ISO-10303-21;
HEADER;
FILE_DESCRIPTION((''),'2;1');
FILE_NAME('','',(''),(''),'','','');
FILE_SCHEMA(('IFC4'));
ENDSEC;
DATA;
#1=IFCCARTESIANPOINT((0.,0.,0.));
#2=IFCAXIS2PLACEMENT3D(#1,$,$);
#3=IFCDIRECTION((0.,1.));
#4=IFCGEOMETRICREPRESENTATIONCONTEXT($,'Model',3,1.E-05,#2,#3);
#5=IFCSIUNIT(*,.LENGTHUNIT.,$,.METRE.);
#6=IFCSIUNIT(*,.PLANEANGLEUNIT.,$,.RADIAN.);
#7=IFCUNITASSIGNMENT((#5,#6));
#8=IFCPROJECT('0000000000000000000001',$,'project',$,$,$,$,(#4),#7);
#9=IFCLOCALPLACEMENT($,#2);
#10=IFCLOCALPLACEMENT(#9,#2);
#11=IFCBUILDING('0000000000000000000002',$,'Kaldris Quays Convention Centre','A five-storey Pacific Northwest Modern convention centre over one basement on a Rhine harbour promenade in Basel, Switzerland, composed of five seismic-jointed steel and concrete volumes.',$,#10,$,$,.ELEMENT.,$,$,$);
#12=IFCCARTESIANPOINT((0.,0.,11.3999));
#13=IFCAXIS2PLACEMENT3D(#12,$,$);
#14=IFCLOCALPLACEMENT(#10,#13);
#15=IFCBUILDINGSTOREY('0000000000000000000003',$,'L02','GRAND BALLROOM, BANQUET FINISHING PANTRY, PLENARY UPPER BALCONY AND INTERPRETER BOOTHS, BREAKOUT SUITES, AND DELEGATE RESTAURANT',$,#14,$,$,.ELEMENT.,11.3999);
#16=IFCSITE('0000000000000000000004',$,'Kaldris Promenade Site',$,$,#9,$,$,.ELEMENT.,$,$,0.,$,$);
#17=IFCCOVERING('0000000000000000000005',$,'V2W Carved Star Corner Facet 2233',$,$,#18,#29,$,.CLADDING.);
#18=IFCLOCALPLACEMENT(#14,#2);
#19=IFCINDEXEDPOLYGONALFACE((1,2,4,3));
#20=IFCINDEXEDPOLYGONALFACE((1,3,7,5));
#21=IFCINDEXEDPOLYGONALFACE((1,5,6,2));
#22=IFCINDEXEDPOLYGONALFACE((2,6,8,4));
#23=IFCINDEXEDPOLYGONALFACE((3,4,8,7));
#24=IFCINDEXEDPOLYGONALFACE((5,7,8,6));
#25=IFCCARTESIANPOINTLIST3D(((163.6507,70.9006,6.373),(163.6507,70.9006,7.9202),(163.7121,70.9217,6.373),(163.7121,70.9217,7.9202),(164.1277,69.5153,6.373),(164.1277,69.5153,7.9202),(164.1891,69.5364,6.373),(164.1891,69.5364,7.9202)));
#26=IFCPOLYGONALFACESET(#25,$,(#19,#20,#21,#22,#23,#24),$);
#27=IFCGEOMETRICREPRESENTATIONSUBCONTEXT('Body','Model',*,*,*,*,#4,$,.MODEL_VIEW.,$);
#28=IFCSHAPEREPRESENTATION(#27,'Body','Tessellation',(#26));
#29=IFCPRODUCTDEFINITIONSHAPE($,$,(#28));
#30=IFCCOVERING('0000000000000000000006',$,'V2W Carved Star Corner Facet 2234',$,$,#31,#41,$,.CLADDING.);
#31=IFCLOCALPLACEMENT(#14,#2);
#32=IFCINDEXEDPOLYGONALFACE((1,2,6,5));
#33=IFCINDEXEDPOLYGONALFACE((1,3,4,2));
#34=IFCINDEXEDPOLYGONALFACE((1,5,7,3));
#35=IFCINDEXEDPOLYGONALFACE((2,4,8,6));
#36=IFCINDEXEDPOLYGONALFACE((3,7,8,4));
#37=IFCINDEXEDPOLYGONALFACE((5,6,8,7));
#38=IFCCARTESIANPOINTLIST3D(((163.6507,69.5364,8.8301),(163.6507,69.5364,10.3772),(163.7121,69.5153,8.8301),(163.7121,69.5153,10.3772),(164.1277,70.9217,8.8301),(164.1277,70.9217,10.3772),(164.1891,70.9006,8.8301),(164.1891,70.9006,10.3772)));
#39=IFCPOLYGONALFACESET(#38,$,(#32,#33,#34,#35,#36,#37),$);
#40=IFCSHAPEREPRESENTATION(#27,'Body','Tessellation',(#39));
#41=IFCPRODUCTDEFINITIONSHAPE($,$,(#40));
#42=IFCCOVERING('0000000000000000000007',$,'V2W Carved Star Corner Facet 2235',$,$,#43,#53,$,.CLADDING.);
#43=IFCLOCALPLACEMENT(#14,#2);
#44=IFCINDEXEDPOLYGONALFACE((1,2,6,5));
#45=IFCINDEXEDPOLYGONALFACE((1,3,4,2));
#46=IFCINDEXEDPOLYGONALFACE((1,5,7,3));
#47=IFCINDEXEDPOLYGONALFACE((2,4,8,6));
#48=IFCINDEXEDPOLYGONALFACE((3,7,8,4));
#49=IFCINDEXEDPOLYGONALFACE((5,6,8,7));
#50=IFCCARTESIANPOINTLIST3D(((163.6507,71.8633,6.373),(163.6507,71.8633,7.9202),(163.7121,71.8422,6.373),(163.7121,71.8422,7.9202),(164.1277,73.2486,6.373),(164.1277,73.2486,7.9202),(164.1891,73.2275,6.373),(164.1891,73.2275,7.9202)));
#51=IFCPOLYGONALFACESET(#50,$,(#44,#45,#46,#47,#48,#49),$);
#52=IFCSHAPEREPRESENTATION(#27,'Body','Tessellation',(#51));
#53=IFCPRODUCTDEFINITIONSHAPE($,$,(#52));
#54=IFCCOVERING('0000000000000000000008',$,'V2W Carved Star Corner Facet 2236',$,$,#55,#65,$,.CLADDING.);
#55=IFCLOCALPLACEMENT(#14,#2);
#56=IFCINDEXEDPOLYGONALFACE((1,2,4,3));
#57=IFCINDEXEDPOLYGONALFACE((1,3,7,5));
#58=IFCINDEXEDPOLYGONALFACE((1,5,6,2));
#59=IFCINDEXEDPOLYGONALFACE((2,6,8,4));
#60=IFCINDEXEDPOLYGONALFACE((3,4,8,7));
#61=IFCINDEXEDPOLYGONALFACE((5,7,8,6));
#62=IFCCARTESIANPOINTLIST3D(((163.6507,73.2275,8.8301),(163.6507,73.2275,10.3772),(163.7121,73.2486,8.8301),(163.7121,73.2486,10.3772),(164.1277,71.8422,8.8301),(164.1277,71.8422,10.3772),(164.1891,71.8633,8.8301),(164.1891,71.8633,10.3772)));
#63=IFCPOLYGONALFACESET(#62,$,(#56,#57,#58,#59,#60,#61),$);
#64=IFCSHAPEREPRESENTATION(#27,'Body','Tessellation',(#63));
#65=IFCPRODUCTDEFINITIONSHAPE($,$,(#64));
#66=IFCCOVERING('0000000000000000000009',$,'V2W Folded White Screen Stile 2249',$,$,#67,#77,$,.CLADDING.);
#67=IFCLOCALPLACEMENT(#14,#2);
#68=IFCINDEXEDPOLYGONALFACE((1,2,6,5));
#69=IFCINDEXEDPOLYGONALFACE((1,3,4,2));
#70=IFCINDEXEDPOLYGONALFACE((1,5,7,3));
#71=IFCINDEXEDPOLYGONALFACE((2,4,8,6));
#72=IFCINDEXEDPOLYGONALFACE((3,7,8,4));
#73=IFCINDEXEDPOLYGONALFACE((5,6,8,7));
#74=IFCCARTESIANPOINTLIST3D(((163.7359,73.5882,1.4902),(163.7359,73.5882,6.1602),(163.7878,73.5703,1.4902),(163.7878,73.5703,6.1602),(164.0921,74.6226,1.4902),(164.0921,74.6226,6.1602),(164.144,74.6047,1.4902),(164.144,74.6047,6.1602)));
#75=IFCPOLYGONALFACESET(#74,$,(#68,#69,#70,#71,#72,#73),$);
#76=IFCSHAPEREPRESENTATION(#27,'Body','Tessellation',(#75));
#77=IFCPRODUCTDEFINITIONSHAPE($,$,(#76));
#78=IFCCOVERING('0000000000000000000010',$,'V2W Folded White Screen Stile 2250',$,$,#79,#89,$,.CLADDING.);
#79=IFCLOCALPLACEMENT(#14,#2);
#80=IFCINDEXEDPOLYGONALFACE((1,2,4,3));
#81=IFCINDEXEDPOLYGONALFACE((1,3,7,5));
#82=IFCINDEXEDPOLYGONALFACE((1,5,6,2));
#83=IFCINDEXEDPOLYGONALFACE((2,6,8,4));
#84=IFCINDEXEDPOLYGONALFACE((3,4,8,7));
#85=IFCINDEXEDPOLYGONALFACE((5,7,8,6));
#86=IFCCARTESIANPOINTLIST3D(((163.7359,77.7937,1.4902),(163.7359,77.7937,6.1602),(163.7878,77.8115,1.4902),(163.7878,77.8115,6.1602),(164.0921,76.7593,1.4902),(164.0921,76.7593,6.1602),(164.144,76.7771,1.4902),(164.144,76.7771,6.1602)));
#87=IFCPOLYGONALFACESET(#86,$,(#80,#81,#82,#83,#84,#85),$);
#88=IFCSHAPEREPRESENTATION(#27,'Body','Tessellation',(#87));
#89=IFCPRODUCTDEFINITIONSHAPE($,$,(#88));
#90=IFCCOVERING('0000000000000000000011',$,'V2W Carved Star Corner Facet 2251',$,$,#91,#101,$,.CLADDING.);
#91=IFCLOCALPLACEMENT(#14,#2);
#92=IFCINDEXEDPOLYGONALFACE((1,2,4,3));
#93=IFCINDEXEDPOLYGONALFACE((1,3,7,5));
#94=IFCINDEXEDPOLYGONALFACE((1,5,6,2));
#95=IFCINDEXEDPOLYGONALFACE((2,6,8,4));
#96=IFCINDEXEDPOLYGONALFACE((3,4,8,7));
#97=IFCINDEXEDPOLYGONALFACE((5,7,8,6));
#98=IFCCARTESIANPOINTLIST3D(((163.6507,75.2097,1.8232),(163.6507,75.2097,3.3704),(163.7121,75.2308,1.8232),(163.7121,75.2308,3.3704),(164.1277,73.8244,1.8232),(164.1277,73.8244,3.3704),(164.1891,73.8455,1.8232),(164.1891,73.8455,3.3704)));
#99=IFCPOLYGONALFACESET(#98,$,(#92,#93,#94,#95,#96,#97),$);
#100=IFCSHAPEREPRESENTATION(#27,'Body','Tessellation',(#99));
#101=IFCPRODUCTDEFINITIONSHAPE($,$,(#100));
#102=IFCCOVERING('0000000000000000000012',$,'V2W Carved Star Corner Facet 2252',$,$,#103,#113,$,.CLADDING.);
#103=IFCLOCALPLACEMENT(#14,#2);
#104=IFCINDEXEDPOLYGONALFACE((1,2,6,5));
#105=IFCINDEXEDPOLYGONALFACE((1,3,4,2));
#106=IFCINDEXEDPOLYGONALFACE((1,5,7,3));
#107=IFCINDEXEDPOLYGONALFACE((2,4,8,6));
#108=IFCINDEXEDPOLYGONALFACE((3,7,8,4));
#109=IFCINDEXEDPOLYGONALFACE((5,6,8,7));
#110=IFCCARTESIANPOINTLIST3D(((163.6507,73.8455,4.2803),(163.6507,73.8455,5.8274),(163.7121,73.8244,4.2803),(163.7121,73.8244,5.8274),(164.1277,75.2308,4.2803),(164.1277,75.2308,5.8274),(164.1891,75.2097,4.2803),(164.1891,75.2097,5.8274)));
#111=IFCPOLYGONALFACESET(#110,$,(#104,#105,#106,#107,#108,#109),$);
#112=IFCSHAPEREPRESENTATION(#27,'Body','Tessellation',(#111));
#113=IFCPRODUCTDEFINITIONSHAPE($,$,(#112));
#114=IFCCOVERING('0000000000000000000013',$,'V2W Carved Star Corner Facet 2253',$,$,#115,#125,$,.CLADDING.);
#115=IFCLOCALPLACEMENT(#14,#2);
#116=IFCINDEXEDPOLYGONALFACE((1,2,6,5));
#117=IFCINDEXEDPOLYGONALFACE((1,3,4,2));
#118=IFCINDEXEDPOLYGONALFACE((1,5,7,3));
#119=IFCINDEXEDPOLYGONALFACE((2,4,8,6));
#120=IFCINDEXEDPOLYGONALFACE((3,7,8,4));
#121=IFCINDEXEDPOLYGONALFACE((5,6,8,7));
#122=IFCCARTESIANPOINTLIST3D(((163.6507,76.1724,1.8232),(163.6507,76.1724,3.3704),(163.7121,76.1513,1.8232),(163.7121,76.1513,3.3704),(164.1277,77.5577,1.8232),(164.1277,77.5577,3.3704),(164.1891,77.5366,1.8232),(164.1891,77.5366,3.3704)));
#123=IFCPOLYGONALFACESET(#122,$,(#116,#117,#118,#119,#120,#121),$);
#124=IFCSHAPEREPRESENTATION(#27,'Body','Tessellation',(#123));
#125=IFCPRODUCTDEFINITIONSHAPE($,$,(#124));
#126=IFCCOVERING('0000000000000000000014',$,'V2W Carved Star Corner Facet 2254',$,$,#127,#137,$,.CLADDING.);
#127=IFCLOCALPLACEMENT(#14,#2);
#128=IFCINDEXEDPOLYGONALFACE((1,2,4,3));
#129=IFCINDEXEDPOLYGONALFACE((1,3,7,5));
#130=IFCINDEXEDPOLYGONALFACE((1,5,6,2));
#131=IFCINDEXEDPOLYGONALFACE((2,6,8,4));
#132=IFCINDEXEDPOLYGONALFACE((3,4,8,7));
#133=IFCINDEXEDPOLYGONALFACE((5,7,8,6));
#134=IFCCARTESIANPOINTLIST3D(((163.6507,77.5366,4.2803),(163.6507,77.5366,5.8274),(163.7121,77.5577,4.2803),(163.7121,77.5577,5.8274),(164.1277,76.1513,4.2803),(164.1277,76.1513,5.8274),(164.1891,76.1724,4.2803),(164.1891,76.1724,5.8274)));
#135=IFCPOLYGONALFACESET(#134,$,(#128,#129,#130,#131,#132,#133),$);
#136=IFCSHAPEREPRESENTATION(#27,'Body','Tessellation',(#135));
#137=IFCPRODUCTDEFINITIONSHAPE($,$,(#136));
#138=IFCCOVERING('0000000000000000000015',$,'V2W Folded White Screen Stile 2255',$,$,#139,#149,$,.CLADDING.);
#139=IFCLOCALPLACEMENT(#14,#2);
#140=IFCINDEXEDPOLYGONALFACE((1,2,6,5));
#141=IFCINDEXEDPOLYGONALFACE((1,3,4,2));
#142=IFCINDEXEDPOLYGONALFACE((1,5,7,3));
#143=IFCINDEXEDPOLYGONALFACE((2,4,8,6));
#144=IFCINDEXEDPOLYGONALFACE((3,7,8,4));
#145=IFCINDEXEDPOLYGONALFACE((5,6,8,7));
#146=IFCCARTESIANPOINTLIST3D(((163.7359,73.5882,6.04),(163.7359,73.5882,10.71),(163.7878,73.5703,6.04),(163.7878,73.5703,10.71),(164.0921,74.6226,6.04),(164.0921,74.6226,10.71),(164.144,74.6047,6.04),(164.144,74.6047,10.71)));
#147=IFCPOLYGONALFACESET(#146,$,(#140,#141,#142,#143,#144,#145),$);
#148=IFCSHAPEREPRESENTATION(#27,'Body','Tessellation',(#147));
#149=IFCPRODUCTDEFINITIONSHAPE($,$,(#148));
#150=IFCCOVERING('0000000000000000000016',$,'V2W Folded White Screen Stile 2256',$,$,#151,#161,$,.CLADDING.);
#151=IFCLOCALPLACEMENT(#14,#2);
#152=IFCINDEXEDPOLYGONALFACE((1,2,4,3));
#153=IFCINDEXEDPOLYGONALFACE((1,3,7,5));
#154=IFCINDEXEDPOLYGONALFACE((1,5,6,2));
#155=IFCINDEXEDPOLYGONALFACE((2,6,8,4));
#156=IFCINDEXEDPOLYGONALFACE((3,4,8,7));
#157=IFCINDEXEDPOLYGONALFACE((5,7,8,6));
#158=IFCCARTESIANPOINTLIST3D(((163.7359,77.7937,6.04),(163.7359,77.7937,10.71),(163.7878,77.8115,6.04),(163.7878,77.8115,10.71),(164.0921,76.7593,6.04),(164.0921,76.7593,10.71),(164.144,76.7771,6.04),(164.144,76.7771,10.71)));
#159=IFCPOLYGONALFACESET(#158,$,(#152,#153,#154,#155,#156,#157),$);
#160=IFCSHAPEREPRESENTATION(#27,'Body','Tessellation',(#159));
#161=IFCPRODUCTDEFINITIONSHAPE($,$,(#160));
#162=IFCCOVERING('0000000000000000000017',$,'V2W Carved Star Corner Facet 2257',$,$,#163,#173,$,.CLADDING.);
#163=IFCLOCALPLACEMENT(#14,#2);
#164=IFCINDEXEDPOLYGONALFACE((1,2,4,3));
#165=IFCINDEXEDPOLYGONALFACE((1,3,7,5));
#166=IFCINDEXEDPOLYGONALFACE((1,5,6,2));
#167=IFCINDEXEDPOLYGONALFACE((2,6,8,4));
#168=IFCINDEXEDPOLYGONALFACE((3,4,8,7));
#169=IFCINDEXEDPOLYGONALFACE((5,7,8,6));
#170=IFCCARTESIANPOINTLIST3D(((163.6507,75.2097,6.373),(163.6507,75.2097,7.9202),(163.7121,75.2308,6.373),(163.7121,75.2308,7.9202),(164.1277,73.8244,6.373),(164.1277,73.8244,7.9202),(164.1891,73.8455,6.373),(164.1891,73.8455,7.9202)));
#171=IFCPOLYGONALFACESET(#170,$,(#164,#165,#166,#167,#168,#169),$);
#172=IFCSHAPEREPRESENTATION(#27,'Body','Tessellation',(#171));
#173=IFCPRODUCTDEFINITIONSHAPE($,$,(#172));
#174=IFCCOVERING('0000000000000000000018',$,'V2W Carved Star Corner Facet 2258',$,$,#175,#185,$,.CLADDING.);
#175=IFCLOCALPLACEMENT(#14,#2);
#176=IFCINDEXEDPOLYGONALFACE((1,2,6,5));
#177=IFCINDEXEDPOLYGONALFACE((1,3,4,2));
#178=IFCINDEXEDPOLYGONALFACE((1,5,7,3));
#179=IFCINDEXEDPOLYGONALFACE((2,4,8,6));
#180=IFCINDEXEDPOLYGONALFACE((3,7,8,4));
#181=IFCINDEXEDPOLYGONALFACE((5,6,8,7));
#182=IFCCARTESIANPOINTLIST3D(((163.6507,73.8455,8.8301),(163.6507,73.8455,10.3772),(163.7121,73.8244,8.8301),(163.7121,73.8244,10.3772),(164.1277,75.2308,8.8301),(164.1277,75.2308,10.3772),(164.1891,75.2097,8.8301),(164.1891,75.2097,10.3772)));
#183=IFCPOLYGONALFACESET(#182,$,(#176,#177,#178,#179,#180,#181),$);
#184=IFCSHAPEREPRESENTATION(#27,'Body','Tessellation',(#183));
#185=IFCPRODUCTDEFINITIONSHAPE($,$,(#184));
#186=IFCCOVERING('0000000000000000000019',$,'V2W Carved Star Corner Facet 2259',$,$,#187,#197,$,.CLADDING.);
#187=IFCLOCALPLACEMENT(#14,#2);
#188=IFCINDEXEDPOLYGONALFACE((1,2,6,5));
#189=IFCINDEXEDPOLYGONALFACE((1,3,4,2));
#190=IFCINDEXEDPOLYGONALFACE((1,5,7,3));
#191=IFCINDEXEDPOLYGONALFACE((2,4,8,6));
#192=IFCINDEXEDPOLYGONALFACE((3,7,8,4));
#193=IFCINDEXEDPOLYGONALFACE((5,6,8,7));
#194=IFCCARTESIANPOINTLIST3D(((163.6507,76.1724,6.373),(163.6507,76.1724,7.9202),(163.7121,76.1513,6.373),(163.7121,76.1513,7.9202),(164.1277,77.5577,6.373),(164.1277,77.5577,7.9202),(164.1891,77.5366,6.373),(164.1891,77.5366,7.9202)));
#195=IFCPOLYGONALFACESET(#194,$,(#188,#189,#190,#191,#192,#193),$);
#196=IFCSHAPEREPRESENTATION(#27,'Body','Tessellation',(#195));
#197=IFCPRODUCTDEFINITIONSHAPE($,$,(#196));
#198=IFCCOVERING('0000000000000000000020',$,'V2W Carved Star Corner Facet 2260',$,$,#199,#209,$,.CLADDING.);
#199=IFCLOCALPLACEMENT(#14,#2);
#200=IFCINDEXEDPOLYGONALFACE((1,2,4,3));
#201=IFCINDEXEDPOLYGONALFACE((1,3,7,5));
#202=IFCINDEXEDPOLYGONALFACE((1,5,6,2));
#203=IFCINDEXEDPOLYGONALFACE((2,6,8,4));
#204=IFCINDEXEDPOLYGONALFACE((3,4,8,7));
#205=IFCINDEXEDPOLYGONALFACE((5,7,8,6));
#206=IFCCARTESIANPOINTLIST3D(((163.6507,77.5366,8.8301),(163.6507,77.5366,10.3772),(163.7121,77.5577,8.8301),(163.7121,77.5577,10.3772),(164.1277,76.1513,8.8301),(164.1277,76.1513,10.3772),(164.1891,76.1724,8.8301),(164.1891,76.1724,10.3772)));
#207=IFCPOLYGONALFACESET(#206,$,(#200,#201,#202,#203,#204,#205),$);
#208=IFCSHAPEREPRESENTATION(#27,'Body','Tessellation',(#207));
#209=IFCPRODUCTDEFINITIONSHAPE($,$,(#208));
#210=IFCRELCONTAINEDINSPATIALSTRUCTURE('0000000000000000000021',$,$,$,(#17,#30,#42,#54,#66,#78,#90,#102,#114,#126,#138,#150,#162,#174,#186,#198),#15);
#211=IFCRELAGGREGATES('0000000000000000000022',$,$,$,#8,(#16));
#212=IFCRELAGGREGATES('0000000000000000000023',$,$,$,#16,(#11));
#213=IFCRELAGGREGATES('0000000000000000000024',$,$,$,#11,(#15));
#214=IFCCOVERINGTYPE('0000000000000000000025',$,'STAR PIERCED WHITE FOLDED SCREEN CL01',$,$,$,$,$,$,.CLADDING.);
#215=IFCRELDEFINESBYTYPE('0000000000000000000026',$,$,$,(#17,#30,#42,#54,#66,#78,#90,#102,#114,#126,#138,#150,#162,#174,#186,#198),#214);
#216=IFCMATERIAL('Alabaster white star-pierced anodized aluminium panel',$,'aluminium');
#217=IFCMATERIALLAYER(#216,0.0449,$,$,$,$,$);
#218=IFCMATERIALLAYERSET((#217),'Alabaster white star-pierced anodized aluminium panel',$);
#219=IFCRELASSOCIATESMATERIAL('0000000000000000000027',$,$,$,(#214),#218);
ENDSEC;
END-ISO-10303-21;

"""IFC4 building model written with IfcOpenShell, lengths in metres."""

from ifc_helpers import new_model, si_unit, direction, frame, origin, origin_2d, place, context, subcontext, project, spatial, rectangle, extrude, material, layer, layer_set, type_object, element, save


model = new_model("IFC4")

# Units and contexts
model_context = context("Model", 3, precision=1e-05, world=origin(), true_north=direction((0.0, 1.0)))
body_context = subcontext(model_context, "Body", "Model", "MODEL_VIEW")
ifc_project = project(units=[si_unit("LENGTHUNIT", "METRE"), si_unit("PLANEANGLEUNIT", "RADIAN")], contexts=[model_context])

# Site, building, storey
site_placement = place(None, origin())
site = spatial("IfcSite", under=ifc_project, at=site_placement, Name="Kaldris Promenade Site", CompositionType="ELEMENT", RefElevation=0.0)
building_placement = place(site_placement, origin())
building = spatial("IfcBuilding", under=site, at=building_placement, Name="Kaldris Quays Convention Centre", Description="A five-storey Pacific Northwest Modern convention centre over one basement on a Rhine harbour promenade in Basel, Switzerland, composed of five seismic-jointed steel and concrete volumes.", CompositionType="ELEMENT")
storey_placement = place(building_placement, frame((0.0, 0.0, 11.3999)))
storey = spatial("IfcBuildingStorey", under=building, at=storey_placement, Name="L02", Description="GRAND BALLROOM, BANQUET FINISHING PANTRY, PLENARY UPPER BALCONY AND INTERPRETER BOOTHS, BREAKOUT SUITES, AND DELEGATE RESTAURANT", CompositionType="ELEMENT", Elevation=11.3999)

# Coverings
ifc_material = material(Name="Alabaster white star-pierced anodized aluminium panel", Category="aluminium")
ifc_layer = layer(ifc_material, 0.0449)
ifc_layer_set = layer_set([ifc_layer], Name="Alabaster white star-pierced anodized aluminium panel")
covering_type = type_object("IfcCoveringType", Name="STAR PIERCED WHITE FOLDED SCREEN CL01", PredefinedType="CLADDING", material=ifc_layer_set)
for number, where, z_axis, x_axis, name in (
    (1, (163.9199, 70.2185, 6.373), (0.0, 0.0, 1.0), (-0.325568, 0.945519, 0.0), "V2W Carved Star Corner Facet 2233"),
    (2, (163.9199, 70.2185, 8.8301), (0.0, 0.0, 1.0), (0.325568, 0.945519, 0.0), "V2W Carved Star Corner Facet 2234"),
    (3, (163.9199, 72.5454, 6.373), (0.0, 0.0, 1.0), (0.325568, 0.945519, 0.0), "V2W Carved Star Corner Facet 2235"),
    (4, (163.9199, 72.5454, 8.8301), (0.0, 0.0, 1.0), (-0.325568, 0.945519, 0.0), "V2W Carved Star Corner Facet 2236"),
):
    element("IfcCovering", number, at=place(storey_placement, frame(where, z_axis=z_axis, x_axis=x_axis)), inside=storey, type_object=covering_type, Name=name, PredefinedType="CLADDING", context=body_context, shape_type="SweptSolid", body=[
        extrude(rectangle(XDim=1.4651, YDim=0.0649, at=origin_2d()), origin(), (0.0, 0.0, 1.0), 1.5471),
    ])
for number, where, z_axis, x_axis, name in (
    (5, (163.9399, 74.0964, 1.4902), (0.0, 0.0, 1.0), (0.325568, 0.945519, 0.0), "V2W Folded White Screen Stile 2249"),
    (6, (163.9399, 77.2854, 1.4902), (0.0, 0.0, 1.0), (-0.325568, 0.945519, 0.0), "V2W Folded White Screen Stile 2250"),
):
    element("IfcCovering", number, at=place(storey_placement, frame(where, z_axis=z_axis, x_axis=x_axis)), inside=storey, type_object=covering_type, Name=name, PredefinedType="CLADDING", context=body_context, shape_type="SweptSolid", body=[
        extrude(rectangle(XDim=1.094, YDim=0.0549, at=origin_2d()), origin(), (0.0, 0.0, 1.0), 4.6699),
    ])
for number, where, z_axis, x_axis, name in (
    (7, (163.9199, 74.5276, 1.8232), (0.0, 0.0, 1.0), (-0.325568, 0.945519, 0.0), "V2W Carved Star Corner Facet 2251"),
    (8, (163.9199, 74.5276, 4.2803), (0.0, 0.0, 1.0), (0.325568, 0.945519, 0.0), "V2W Carved Star Corner Facet 2252"),
    (9, (163.9199, 76.8545, 1.8232), (0.0, 0.0, 1.0), (0.325568, 0.945519, 0.0), "V2W Carved Star Corner Facet 2253"),
    (10, (163.9199, 76.8545, 4.2803), (0.0, 0.0, 1.0), (-0.325568, 0.945519, 0.0), "V2W Carved Star Corner Facet 2254"),
):
    element("IfcCovering", number, at=place(storey_placement, frame(where, z_axis=z_axis, x_axis=x_axis)), inside=storey, type_object=covering_type, Name=name, PredefinedType="CLADDING", context=body_context, shape_type="SweptSolid", body=[
        extrude(rectangle(XDim=1.4651, YDim=0.0649, at=origin_2d()), origin(), (0.0, 0.0, 1.0), 1.5471),
    ])
for number, where, z_axis, x_axis, name in (
    (11, (163.9399, 74.0964, 6.04), (0.0, 0.0, 1.0), (0.325568, 0.945519, 0.0), "V2W Folded White Screen Stile 2255"),
    (12, (163.9399, 77.2854, 6.04), (0.0, 0.0, 1.0), (-0.325568, 0.945519, 0.0), "V2W Folded White Screen Stile 2256"),
):
    element("IfcCovering", number, at=place(storey_placement, frame(where, z_axis=z_axis, x_axis=x_axis)), inside=storey, type_object=covering_type, Name=name, PredefinedType="CLADDING", context=body_context, shape_type="SweptSolid", body=[
        extrude(rectangle(XDim=1.094, YDim=0.0549, at=origin_2d()), origin(), (0.0, 0.0, 1.0), 4.6699),
    ])
for number, where, z_axis, x_axis, name in (
    (13, (163.9199, 74.5276, 6.373), (0.0, 0.0, 1.0), (-0.325568, 0.945519, 0.0), "V2W Carved Star Corner Facet 2257"),
    (14, (163.9199, 74.5276, 8.8301), (0.0, 0.0, 1.0), (0.325568, 0.945519, 0.0), "V2W Carved Star Corner Facet 2258"),
    (15, (163.9199, 76.8545, 6.373), (0.0, 0.0, 1.0), (0.325568, 0.945519, 0.0), "V2W Carved Star Corner Facet 2259"),
    (16, (163.9199, 76.8545, 8.8301), (0.0, 0.0, 1.0), (-0.325568, 0.945519, 0.0), "V2W Carved Star Corner Facet 2260"),
):
    element("IfcCovering", number, at=place(storey_placement, frame(where, z_axis=z_axis, x_axis=x_axis)), inside=storey, type_object=covering_type, Name=name, PredefinedType="CLADDING", context=body_context, shape_type="SweptSolid", body=[
        extrude(rectangle(XDim=1.4651, YDim=0.0649, at=origin_2d()), origin(), (0.0, 0.0, 1.0), 1.5471),
    ])

save(model, "model.ifc")
